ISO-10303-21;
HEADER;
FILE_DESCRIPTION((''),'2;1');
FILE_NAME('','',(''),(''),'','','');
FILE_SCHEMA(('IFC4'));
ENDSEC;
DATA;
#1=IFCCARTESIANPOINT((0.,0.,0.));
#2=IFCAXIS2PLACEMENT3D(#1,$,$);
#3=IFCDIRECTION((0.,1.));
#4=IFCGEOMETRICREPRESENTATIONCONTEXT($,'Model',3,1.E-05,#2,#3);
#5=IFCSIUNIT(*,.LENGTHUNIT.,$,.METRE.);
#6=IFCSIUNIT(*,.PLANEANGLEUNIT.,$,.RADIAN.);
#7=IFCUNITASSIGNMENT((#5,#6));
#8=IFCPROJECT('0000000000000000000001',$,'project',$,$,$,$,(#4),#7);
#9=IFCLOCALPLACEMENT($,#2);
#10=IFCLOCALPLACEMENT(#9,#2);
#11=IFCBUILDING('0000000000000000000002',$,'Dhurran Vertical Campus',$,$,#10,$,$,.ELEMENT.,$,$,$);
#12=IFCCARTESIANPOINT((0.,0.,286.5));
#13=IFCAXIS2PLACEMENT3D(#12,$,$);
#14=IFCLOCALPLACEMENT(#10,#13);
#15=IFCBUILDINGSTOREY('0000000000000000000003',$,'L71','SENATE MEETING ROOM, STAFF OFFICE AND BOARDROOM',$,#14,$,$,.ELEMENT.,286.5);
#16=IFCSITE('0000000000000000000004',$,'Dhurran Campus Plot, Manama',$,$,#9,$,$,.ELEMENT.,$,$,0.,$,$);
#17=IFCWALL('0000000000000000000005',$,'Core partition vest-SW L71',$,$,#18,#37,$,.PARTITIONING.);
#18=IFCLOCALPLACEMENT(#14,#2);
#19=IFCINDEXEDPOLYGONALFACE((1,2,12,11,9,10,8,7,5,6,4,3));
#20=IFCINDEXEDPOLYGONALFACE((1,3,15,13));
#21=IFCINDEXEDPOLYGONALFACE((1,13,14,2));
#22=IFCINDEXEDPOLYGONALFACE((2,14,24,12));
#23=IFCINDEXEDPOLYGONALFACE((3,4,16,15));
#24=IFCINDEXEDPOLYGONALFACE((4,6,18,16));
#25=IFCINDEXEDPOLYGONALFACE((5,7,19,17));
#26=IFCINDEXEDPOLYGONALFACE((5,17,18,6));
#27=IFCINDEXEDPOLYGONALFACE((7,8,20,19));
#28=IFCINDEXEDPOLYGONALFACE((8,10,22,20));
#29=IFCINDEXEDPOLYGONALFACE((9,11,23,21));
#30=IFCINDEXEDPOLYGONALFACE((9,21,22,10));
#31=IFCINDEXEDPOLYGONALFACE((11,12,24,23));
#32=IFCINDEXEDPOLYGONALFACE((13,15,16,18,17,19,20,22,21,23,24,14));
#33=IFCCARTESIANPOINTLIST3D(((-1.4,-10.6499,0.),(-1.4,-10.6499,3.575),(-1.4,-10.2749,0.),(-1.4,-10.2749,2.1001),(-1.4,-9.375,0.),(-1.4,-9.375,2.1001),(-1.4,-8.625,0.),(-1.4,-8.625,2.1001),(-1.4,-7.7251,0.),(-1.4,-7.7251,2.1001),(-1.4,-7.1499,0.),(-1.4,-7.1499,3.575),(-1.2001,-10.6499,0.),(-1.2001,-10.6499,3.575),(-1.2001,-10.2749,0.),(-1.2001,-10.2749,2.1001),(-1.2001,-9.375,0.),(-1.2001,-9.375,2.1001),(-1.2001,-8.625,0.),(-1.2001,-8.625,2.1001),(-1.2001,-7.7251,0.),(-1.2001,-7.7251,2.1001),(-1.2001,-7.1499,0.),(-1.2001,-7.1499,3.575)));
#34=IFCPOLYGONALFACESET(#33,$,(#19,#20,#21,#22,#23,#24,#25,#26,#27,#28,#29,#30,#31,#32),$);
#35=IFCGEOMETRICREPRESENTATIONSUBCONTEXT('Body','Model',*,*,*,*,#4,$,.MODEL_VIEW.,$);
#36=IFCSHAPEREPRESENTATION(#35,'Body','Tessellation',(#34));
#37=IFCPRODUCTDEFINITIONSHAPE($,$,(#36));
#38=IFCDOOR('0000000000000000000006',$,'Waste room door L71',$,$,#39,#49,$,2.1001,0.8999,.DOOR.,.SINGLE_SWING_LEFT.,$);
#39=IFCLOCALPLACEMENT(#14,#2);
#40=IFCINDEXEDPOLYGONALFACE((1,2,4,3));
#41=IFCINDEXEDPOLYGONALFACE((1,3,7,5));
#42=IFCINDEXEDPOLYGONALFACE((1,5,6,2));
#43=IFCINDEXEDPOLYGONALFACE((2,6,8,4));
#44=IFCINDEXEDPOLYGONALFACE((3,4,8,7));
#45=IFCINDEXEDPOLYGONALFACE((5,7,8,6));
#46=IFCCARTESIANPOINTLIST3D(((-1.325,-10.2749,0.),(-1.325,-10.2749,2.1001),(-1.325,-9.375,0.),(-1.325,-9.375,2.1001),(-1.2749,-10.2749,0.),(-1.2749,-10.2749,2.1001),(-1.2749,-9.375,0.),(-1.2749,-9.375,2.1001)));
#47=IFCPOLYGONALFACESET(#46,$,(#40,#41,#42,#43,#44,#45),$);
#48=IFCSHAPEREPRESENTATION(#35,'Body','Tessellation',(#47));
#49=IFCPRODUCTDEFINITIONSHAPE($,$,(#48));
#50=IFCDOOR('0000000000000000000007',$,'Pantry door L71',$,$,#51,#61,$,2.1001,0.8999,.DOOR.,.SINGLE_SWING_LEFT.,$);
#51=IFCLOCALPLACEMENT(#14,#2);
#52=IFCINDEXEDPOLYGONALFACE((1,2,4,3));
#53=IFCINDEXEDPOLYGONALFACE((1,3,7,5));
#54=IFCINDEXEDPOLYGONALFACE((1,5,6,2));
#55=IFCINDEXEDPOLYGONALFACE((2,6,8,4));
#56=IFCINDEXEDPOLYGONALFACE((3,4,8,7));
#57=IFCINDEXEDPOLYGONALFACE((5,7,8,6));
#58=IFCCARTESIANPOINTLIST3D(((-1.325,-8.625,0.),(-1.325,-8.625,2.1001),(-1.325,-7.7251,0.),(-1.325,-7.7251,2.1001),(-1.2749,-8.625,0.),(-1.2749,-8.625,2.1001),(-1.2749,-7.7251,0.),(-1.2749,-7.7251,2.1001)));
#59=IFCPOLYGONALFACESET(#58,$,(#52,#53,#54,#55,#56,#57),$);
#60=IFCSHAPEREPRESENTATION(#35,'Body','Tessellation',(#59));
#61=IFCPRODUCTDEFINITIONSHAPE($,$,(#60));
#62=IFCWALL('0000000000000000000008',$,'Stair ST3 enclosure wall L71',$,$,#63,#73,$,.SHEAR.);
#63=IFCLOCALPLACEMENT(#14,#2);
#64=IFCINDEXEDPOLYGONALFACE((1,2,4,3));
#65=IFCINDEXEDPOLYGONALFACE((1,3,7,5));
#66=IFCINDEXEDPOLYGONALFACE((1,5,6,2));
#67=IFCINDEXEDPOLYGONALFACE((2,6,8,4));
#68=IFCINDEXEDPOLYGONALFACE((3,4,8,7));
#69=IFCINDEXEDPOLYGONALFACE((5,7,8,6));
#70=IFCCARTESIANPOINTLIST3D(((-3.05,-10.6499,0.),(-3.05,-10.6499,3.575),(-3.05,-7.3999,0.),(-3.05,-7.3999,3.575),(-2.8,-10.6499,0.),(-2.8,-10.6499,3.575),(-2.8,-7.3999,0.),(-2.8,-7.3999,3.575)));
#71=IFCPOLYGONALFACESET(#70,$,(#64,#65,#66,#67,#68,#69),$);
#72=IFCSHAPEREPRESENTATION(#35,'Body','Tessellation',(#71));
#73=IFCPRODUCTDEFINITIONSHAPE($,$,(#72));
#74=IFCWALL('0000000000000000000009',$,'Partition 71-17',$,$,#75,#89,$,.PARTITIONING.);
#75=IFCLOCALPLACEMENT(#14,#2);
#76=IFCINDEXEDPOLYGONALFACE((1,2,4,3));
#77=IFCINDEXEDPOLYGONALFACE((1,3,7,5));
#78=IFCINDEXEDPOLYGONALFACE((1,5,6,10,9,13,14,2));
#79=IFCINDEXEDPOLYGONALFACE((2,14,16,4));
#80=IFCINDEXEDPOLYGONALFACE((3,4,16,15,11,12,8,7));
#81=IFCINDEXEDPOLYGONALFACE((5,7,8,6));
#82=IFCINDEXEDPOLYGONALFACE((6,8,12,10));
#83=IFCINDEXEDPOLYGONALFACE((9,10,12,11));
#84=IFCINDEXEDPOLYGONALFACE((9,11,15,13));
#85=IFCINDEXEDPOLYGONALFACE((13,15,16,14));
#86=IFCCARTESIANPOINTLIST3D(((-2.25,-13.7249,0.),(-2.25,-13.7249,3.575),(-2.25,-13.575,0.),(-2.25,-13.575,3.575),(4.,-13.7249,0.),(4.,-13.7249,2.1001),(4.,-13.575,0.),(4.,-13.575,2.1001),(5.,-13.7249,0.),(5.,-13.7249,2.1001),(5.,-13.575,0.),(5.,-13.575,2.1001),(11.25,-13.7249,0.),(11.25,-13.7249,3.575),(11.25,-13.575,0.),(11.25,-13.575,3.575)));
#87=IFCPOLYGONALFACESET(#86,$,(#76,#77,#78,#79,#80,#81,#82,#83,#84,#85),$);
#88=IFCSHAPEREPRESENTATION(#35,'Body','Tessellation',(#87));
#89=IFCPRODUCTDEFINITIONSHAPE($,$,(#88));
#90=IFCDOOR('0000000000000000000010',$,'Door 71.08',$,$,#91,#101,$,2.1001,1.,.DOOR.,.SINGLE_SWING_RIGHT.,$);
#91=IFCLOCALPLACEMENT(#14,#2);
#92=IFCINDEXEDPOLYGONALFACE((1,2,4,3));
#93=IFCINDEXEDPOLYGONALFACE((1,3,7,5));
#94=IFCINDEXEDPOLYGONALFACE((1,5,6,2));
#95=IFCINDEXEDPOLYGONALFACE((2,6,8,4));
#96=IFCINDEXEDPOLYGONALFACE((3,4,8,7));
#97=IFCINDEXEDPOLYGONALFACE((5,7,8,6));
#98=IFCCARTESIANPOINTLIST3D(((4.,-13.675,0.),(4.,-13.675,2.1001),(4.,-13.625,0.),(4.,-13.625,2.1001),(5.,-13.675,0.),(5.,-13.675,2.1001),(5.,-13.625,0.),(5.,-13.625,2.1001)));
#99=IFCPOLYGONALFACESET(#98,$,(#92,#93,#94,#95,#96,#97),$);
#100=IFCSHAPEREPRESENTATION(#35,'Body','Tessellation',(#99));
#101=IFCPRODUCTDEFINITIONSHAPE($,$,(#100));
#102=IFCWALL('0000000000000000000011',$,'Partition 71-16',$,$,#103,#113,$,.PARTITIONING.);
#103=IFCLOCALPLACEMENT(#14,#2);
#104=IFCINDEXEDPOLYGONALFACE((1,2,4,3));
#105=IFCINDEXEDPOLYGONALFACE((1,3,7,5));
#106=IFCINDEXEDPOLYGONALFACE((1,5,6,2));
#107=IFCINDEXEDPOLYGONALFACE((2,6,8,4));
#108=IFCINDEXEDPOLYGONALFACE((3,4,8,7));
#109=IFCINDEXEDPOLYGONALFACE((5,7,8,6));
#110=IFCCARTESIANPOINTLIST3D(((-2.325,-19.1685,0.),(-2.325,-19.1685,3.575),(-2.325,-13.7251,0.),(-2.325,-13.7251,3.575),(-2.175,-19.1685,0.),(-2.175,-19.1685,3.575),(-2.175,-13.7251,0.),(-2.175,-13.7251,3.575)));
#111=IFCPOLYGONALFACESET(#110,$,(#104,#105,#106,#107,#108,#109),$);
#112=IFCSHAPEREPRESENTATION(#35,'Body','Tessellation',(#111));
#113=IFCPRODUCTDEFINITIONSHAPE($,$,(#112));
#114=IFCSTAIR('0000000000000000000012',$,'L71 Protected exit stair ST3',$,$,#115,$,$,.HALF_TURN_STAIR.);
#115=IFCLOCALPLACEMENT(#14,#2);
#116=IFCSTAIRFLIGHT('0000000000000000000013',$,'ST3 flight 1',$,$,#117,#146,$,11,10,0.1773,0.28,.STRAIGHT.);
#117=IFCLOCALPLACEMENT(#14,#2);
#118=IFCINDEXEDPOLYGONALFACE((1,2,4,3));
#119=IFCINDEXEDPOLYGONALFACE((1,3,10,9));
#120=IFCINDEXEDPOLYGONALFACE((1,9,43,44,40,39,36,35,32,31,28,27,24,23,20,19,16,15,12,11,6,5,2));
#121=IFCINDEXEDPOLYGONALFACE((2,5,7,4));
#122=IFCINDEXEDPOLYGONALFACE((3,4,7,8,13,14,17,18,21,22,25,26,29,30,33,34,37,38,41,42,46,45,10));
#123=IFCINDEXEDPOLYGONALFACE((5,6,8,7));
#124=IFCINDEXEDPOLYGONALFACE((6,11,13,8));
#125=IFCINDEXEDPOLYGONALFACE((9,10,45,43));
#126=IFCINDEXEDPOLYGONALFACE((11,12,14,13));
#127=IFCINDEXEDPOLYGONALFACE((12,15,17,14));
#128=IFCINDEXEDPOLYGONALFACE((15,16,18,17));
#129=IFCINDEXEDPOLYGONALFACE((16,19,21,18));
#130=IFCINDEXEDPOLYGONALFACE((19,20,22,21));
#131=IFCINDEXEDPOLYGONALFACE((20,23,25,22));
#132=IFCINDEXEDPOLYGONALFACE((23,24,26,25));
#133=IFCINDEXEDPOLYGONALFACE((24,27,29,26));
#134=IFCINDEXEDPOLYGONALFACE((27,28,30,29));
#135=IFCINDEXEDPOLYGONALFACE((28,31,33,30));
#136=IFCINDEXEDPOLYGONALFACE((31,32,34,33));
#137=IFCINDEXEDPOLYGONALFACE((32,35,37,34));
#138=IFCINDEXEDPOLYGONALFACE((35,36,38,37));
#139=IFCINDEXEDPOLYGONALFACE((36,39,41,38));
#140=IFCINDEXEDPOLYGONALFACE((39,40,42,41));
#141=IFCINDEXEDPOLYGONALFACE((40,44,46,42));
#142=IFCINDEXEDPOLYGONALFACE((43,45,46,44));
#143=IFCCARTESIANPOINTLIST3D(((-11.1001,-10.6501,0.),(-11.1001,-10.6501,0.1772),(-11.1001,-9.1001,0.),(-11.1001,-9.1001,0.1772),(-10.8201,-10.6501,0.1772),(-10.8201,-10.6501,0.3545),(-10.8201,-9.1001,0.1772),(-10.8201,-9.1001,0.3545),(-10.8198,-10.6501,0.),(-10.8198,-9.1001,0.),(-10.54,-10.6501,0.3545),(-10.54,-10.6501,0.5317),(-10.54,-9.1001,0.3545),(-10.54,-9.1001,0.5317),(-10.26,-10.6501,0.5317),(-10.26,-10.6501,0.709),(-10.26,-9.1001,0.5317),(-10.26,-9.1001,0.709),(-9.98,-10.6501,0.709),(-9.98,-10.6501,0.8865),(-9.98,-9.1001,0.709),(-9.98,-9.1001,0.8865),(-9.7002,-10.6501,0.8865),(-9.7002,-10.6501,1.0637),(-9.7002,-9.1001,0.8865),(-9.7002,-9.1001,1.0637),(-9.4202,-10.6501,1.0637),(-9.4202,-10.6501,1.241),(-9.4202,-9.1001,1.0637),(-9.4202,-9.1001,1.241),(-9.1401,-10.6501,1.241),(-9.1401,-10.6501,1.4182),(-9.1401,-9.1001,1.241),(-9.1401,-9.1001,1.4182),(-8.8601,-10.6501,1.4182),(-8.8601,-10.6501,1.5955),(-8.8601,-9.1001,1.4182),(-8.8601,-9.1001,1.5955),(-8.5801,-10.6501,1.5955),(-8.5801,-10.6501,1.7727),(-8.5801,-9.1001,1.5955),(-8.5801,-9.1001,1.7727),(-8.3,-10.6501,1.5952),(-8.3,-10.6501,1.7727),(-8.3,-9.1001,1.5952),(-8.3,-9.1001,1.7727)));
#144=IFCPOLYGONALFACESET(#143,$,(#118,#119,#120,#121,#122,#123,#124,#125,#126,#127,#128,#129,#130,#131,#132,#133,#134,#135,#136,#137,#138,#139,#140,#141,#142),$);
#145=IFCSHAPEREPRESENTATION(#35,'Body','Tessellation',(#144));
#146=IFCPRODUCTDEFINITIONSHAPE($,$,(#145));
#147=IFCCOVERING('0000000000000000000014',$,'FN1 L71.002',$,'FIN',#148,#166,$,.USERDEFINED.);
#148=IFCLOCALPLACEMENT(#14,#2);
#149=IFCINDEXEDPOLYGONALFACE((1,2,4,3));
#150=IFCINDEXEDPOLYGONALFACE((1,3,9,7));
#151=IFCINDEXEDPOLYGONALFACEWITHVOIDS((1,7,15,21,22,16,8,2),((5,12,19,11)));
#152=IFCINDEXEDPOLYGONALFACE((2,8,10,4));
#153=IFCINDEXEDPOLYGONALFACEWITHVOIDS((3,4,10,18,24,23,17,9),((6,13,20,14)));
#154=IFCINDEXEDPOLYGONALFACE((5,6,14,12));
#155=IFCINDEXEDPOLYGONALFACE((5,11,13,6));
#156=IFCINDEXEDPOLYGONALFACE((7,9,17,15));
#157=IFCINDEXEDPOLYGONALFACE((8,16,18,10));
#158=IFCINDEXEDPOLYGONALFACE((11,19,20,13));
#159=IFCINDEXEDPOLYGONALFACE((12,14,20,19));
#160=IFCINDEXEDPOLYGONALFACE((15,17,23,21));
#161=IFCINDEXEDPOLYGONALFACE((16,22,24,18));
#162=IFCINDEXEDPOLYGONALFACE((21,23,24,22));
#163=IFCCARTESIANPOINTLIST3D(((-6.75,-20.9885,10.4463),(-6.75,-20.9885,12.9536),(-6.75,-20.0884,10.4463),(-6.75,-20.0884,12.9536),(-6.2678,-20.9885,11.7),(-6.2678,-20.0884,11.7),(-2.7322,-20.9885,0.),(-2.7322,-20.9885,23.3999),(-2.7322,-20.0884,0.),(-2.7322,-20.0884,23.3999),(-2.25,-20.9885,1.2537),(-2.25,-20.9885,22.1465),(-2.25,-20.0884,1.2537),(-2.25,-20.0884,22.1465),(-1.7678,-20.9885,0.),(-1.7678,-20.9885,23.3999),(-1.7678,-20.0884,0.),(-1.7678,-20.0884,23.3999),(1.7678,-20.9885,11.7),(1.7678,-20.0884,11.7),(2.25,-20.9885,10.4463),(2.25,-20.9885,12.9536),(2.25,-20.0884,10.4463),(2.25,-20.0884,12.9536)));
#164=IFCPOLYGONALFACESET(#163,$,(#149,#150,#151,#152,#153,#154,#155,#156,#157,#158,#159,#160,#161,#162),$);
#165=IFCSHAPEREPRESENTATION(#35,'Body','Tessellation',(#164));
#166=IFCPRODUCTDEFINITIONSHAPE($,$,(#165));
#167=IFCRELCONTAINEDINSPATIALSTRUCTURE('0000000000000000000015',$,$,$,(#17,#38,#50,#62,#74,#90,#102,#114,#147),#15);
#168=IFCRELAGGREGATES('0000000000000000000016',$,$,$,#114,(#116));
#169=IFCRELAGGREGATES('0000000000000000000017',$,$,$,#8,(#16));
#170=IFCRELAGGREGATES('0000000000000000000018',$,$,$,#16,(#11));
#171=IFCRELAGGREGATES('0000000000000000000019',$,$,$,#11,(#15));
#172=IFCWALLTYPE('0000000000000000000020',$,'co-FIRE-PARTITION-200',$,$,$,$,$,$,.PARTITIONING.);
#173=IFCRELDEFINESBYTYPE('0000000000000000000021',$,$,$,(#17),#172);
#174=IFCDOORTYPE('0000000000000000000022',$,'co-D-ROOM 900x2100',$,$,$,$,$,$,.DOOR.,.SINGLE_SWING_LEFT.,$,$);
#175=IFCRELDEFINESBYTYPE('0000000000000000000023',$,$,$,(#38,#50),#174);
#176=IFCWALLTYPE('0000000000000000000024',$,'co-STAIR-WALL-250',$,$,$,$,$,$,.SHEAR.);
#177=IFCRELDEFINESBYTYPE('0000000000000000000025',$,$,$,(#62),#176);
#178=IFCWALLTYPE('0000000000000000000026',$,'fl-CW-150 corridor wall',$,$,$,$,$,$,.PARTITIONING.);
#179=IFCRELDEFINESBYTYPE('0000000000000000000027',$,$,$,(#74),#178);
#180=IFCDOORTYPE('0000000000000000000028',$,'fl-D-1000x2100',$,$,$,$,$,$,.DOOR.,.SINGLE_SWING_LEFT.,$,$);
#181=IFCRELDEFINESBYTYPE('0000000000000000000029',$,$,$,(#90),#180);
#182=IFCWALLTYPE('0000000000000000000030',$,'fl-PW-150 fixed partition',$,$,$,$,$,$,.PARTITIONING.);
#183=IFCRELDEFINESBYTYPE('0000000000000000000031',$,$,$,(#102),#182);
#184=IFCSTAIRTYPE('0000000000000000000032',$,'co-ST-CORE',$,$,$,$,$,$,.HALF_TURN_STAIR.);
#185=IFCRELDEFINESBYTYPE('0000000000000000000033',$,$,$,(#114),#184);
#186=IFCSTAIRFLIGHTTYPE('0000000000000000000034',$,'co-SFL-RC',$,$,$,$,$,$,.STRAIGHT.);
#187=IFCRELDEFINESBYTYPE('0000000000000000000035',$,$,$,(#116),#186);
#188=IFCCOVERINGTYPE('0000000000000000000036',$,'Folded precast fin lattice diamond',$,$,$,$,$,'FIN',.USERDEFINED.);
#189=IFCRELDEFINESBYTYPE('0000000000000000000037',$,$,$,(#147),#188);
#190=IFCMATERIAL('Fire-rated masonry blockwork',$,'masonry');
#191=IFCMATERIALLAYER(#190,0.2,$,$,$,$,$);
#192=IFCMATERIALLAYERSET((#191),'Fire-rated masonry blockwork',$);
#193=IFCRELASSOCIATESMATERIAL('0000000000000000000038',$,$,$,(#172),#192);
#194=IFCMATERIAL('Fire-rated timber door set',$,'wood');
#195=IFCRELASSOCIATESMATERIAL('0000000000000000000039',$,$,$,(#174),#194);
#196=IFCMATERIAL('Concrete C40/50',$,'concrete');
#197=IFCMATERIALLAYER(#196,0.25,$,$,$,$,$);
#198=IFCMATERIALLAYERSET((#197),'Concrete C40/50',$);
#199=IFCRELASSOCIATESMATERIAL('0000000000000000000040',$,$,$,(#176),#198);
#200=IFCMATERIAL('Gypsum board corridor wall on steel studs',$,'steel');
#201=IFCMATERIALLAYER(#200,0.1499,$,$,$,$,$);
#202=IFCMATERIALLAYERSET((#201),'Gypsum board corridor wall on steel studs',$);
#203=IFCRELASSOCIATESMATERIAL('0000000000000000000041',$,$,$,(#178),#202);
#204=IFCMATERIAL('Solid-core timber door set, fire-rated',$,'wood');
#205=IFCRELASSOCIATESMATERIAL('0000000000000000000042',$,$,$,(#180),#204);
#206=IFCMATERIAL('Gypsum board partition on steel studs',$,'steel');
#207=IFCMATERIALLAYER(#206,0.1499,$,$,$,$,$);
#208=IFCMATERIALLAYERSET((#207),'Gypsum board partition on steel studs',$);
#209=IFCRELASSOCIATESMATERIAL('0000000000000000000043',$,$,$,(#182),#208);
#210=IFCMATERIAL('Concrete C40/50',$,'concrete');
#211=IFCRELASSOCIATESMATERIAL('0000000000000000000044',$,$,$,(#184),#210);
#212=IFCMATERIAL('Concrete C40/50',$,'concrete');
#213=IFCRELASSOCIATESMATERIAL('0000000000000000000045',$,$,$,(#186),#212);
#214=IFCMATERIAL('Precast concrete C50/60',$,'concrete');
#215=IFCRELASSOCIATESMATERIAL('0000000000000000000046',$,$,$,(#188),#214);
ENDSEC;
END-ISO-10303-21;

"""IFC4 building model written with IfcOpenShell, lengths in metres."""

from ifc_helpers import new_model, si_unit, direction, frame, frame_2d, origin, place, context, subcontext, project, spatial, polyline, rectangle, outline, extrude, material, layer, layer_set, type_object, element, fill, aggregate, save


model = new_model("IFC4")

# Units and contexts
model_context = context("Model", 3, precision=1e-05, world=origin(), true_north=direction((0.0, 1.0)))
body_context = subcontext(model_context, "Body", "Model", "MODEL_VIEW")
ifc_project = project(units=[si_unit("LENGTHUNIT", "METRE"), si_unit("PLANEANGLEUNIT", "RADIAN")], contexts=[model_context])

# Site, building, storey
site_placement = place(None, origin())
site = spatial("IfcSite", under=ifc_project, at=site_placement, Name="Dhurran Campus Plot, Manama", CompositionType="ELEMENT", RefElevation=0.0)
building_placement = place(site_placement, origin())
building = spatial("IfcBuilding", under=site, at=building_placement, Name="Dhurran Vertical Campus", CompositionType="ELEMENT")
storey_placement = place(building_placement, frame((0.0, 0.0, 286.5)))
storey = spatial("IfcBuildingStorey", under=building, at=storey_placement, Name="L71", Description="SENATE MEETING ROOM, STAFF OFFICE AND BOARDROOM", CompositionType="ELEMENT", Elevation=286.5)

# Wall, openings, doors
ifc_material_1 = material(Name="Fire-rated masonry blockwork", Category="masonry")
ifc_layer_1 = layer(ifc_material_1, 0.2)
ifc_layer_set_1 = layer_set([ifc_layer_1], Name="Fire-rated masonry blockwork")
wall_type_1 = type_object("IfcWallType", Name="co-FIRE-PARTITION-200", PredefinedType="PARTITIONING", material=ifc_layer_set_1)
wall_1_placement = place(storey_placement, frame((-1.3, -10.6499, 0.0), z_axis=(0.0, 0.0, 1.0), x_axis=(0.0, 1.0, 0.0)))
wall_1 = element("IfcWall", 1, at=wall_1_placement, inside=storey, type_object=wall_type_1, Name="Core partition vest-SW L71", PredefinedType="PARTITIONING", context=body_context, shape_type="SweptSolid", body=[
    extrude(rectangle(XDim=3.5, YDim=0.2, at=frame_2d((1.75, 0.0))), origin(), (0.0, 0.0, 1.0), 3.575),
])
opening_1_placement = place(wall_1_placement, frame((0.375, 0.0, 0.0)))
opening_1 = element("IfcOpeningElement", 2, at=opening_1_placement, cuts=wall_1, PredefinedType="OPENING", context=body_context, shape_type="SweptSolid", body=[
    extrude(rectangle(XDim=0.8999, YDim=2.1001, at=frame_2d((0.45, 1.05))), frame((0.0, 0.1099, 0.0), z_axis=(0.0, -1.0, 0.0), x_axis=(1.0, 0.0, 0.0)), (0.0, 0.0, 1.0), 0.22),
])
opening_2_placement = place(wall_1_placement, frame((2.0249, 0.0, 0.0)))
opening_2 = element("IfcOpeningElement", 3, at=opening_2_placement, cuts=wall_1, PredefinedType="OPENING", context=body_context, shape_type="SweptSolid", body=[
    extrude(rectangle(XDim=0.8999, YDim=2.1001, at=frame_2d((0.45, 1.05))), frame((0.0, 0.1099, 0.0), z_axis=(0.0, -1.0, 0.0), x_axis=(1.0, 0.0, 0.0)), (0.0, 0.0, 1.0), 0.22),
])
ifc_material_2 = material(Name="Fire-rated timber door set", Category="wood")
door_type_1 = type_object("IfcDoorType", Name="co-D-ROOM 900x2100", OperationType="SINGLE_SWING_LEFT", PredefinedType="DOOR", material=ifc_material_2)
door_1_placement = place(opening_1_placement, origin())
door_1 = element("IfcDoor", 4, at=door_1_placement, inside=storey, type_object=door_type_1, Name="Waste room door L71", OperationType="SINGLE_SWING_LEFT", OverallHeight=2.1001, OverallWidth=0.8999, PredefinedType="DOOR", context=body_context, shape_type="SweptSolid", body=[
    extrude(rectangle(XDim=0.8999, YDim=2.1001, at=frame_2d((0.45, 1.05))), frame((0.0, 0.0249, 0.0), z_axis=(0.0, -1.0, 0.0), x_axis=(1.0, 0.0, 0.0)), (0.0, 0.0, 1.0), 0.05),
])
fill(opening_1, door_1)
door_2_placement = place(opening_2_placement, origin())
door_2 = element("IfcDoor", 5, at=door_2_placement, inside=storey, type_object=door_type_1, Name="Pantry door L71", OperationType="SINGLE_SWING_LEFT", OverallHeight=2.1001, OverallWidth=0.8999, PredefinedType="DOOR", context=body_context, shape_type="SweptSolid", body=[
    extrude(rectangle(XDim=0.8999, YDim=2.1001, at=frame_2d((0.45, 1.05))), frame((0.0, 0.0249, 0.0), z_axis=(0.0, -1.0, 0.0), x_axis=(1.0, 0.0, 0.0)), (0.0, 0.0, 1.0), 0.05),
])
fill(opening_2, door_2)

# Wall
ifc_material_3 = material(Name="Concrete C40/50", Category="concrete")
ifc_layer_2 = layer(ifc_material_3, 0.25)
ifc_layer_set_2 = layer_set([ifc_layer_2], Name="Concrete C40/50")
wall_type_2 = type_object("IfcWallType", Name="co-STAIR-WALL-250", PredefinedType="SHEAR", material=ifc_layer_set_2)
wall_2_placement = place(storey_placement, frame((-2.925, -10.6499, 0.0), z_axis=(0.0, 0.0, 1.0), x_axis=(0.0, 1.0, 0.0)))
element("IfcWall", 6, at=wall_2_placement, inside=storey, type_object=wall_type_2, Name="Stair ST3 enclosure wall L71", PredefinedType="SHEAR", context=body_context, shape_type="SweptSolid", body=[
    extrude(rectangle(XDim=3.25, YDim=0.25, at=frame_2d((1.625, 0.0))), origin(), (0.0, 0.0, 1.0), 3.575),
])

# Wall, opening, door
ifc_material_4 = material(Name="Gypsum board corridor wall on steel studs", Category="steel")
ifc_layer_3 = layer(ifc_material_4, 0.1499)
ifc_layer_set_3 = layer_set([ifc_layer_3], Name="Gypsum board corridor wall on steel studs")
wall_type_3 = type_object("IfcWallType", Name="fl-CW-150 corridor wall", PredefinedType="PARTITIONING", material=ifc_layer_set_3)
wall_3_placement = place(storey_placement, frame((-2.25, -13.6499, 0.0), z_axis=(0.0, 0.0, 1.0), x_axis=(1.0, 0.0, 0.0)))
wall_3 = element("IfcWall", 7, at=wall_3_placement, inside=storey, type_object=wall_type_3, Name="Partition 71-17", PredefinedType="PARTITIONING", context=body_context, shape_type="SweptSolid", body=[
    extrude(rectangle(XDim=13.5, YDim=0.1499, at=frame_2d((6.75, 0.0))), origin(), (0.0, 0.0, 1.0), 3.575),
])
opening_3_placement = place(wall_3_placement, frame((6.25, 0.0, 0.0)))
opening_3 = element("IfcOpeningElement", 8, at=opening_3_placement, cuts=wall_3, PredefinedType="OPENING", context=body_context, shape_type="SweptSolid", body=[
    extrude(rectangle(XDim=1.0, YDim=2.1001, at=frame_2d((0.5, 1.05))), frame((0.0, 0.085, 0.0), z_axis=(0.0, -1.0, 0.0), x_axis=(1.0, 0.0, 0.0)), (0.0, 0.0, 1.0), 0.1699),
])
ifc_material_5 = material(Name="Solid-core timber door set, fire-rated", Category="wood")
door_type_2 = type_object("IfcDoorType", Name="fl-D-1000x2100", OperationType="SINGLE_SWING_LEFT", PredefinedType="DOOR", material=ifc_material_5)
door_3_placement = place(opening_3_placement, origin())
door_3 = element("IfcDoor", 9, at=door_3_placement, inside=storey, type_object=door_type_2, Name="Door 71.08", OperationType="SINGLE_SWING_RIGHT", OverallHeight=2.1001, OverallWidth=1.0, PredefinedType="DOOR", context=body_context, shape_type="SweptSolid", body=[
    extrude(rectangle(XDim=1.0, YDim=2.1001, at=frame_2d((0.5, 1.05))), frame((0.0, 0.0249, 0.0), z_axis=(0.0, -1.0, 0.0), x_axis=(1.0, 0.0, 0.0)), (0.0, 0.0, 1.0), 0.05),
])
fill(opening_3, door_3)

# Wall
ifc_material_6 = material(Name="Gypsum board partition on steel studs", Category="steel")
ifc_layer_4 = layer(ifc_material_6, 0.1499)
ifc_layer_set_4 = layer_set([ifc_layer_4], Name="Gypsum board partition on steel studs")
wall_type_4 = type_object("IfcWallType", Name="fl-PW-150 fixed partition", PredefinedType="PARTITIONING", material=ifc_layer_set_4)
wall_4_placement = place(storey_placement, frame((-2.25, -13.7251, 0.0), z_axis=(0.0, 0.0, 1.0), x_axis=(0.0, -1.0, 0.0)))
element("IfcWall", 10, at=wall_4_placement, inside=storey, type_object=wall_type_4, Name="Partition 71-16", PredefinedType="PARTITIONING", context=body_context, shape_type="SweptSolid", body=[
    extrude(rectangle(XDim=5.4434, YDim=0.1499, at=frame_2d((2.7217, 0.0))), origin(), (0.0, 0.0, 1.0), 3.575),
])

# Stair, stair flight
ifc_material_7 = material(Name="Concrete C40/50", Category="concrete")
stair_type = type_object("IfcStairType", Name="co-ST-CORE", PredefinedType="HALF_TURN_STAIR", material=ifc_material_7)
stair_placement = place(storey_placement, origin())
stair = element("IfcStair", 11, at=stair_placement, inside=storey, type_object=stair_type, Name="L71 Protected exit stair ST3", PredefinedType="HALF_TURN_STAIR")
ifc_material_8 = material(Name="Concrete C40/50", Category="concrete")
stair_flight_type = type_object("IfcStairFlightType", Name="co-SFL-RC", PredefinedType="STRAIGHT", material=ifc_material_8)
stair_flight_placement = place(storey_placement, frame((-11.1001, -9.875, 0.0), z_axis=(0.0, 0.0, 1.0), x_axis=(1.0, 0.0, 0.0)))
stair_flight = element("IfcStairFlight", 12, at=stair_flight_placement, type_object=stair_flight_type, Name="ST3 flight 1", NumberOfRisers=11, NumberOfTreads=10, PredefinedType="STRAIGHT", RiserHeight=0.1773, TreadLength=0.28, context=body_context, shape_type="SweptSolid", body=[
    extrude(outline(polyline([(0.0, 0.0), (0.0, 0.1772), (0.28, 0.1772), (0.28, 0.3545), (0.5601, 0.3545), (0.5601, 0.5317), (0.8401, 0.5317), (0.8401, 0.709), (1.1201, 0.709), (1.1201, 0.8865), (1.3999, 0.8865), (1.3999, 1.0637), (1.6799, 1.0637), (1.6799, 1.241), (1.96, 1.241), (1.96, 1.4182), (2.24, 1.4182), (2.24, 1.5955), (2.52, 1.5955), (2.52, 1.7727), (2.8, 1.7727), (2.8, 1.95), (2.8, 1.5952), (0.2803, 0.0), (0.0, 0.0)])), frame((0.0, 0.7749, 0.0), z_axis=(0.0, -1.0, 0.0), x_axis=(1.0, 0.0, 0.0)), (0.0, 0.0, 1.0), 1.55),
])
aggregate(stair, [stair_flight])

# Covering
ifc_material_9 = material(Name="Precast concrete C50/60", Category="concrete")
covering_type = type_object("IfcCoveringType", Name="Folded precast fin lattice diamond", ElementType="FIN", PredefinedType="USERDEFINED", material=ifc_material_9)
covering_placement = place(storey_placement, frame((-6.75, -20.0884, 0.0), z_axis=(0.0, -1.0, 0.0), x_axis=(1.0, 0.0, 0.0)))
element("IfcCovering", 13, at=covering_placement, inside=storey, type_object=covering_type, Name="FN1 L71.002", ObjectType="FIN", PredefinedType="USERDEFINED", context=body_context, shape_type="SweptSolid", body=[
    extrude(outline(polyline([(9.0, 12.9536), (9.0, 10.4463), (4.9822, 0.0), (4.0178, 0.0), (0.0, 10.4463), (0.0, 12.9536), (4.0178, 23.3999), (4.9822, 23.3999), (9.0, 12.9536)]), holes=[polyline([(8.5178, 11.7), (4.5, 22.1465), (0.4822, 11.7), (4.5, 1.2537), (8.5178, 11.7)])]), origin(), (0.0, 0.0, 1.0), 0.9001),
])

save(model, "model.ifc")
